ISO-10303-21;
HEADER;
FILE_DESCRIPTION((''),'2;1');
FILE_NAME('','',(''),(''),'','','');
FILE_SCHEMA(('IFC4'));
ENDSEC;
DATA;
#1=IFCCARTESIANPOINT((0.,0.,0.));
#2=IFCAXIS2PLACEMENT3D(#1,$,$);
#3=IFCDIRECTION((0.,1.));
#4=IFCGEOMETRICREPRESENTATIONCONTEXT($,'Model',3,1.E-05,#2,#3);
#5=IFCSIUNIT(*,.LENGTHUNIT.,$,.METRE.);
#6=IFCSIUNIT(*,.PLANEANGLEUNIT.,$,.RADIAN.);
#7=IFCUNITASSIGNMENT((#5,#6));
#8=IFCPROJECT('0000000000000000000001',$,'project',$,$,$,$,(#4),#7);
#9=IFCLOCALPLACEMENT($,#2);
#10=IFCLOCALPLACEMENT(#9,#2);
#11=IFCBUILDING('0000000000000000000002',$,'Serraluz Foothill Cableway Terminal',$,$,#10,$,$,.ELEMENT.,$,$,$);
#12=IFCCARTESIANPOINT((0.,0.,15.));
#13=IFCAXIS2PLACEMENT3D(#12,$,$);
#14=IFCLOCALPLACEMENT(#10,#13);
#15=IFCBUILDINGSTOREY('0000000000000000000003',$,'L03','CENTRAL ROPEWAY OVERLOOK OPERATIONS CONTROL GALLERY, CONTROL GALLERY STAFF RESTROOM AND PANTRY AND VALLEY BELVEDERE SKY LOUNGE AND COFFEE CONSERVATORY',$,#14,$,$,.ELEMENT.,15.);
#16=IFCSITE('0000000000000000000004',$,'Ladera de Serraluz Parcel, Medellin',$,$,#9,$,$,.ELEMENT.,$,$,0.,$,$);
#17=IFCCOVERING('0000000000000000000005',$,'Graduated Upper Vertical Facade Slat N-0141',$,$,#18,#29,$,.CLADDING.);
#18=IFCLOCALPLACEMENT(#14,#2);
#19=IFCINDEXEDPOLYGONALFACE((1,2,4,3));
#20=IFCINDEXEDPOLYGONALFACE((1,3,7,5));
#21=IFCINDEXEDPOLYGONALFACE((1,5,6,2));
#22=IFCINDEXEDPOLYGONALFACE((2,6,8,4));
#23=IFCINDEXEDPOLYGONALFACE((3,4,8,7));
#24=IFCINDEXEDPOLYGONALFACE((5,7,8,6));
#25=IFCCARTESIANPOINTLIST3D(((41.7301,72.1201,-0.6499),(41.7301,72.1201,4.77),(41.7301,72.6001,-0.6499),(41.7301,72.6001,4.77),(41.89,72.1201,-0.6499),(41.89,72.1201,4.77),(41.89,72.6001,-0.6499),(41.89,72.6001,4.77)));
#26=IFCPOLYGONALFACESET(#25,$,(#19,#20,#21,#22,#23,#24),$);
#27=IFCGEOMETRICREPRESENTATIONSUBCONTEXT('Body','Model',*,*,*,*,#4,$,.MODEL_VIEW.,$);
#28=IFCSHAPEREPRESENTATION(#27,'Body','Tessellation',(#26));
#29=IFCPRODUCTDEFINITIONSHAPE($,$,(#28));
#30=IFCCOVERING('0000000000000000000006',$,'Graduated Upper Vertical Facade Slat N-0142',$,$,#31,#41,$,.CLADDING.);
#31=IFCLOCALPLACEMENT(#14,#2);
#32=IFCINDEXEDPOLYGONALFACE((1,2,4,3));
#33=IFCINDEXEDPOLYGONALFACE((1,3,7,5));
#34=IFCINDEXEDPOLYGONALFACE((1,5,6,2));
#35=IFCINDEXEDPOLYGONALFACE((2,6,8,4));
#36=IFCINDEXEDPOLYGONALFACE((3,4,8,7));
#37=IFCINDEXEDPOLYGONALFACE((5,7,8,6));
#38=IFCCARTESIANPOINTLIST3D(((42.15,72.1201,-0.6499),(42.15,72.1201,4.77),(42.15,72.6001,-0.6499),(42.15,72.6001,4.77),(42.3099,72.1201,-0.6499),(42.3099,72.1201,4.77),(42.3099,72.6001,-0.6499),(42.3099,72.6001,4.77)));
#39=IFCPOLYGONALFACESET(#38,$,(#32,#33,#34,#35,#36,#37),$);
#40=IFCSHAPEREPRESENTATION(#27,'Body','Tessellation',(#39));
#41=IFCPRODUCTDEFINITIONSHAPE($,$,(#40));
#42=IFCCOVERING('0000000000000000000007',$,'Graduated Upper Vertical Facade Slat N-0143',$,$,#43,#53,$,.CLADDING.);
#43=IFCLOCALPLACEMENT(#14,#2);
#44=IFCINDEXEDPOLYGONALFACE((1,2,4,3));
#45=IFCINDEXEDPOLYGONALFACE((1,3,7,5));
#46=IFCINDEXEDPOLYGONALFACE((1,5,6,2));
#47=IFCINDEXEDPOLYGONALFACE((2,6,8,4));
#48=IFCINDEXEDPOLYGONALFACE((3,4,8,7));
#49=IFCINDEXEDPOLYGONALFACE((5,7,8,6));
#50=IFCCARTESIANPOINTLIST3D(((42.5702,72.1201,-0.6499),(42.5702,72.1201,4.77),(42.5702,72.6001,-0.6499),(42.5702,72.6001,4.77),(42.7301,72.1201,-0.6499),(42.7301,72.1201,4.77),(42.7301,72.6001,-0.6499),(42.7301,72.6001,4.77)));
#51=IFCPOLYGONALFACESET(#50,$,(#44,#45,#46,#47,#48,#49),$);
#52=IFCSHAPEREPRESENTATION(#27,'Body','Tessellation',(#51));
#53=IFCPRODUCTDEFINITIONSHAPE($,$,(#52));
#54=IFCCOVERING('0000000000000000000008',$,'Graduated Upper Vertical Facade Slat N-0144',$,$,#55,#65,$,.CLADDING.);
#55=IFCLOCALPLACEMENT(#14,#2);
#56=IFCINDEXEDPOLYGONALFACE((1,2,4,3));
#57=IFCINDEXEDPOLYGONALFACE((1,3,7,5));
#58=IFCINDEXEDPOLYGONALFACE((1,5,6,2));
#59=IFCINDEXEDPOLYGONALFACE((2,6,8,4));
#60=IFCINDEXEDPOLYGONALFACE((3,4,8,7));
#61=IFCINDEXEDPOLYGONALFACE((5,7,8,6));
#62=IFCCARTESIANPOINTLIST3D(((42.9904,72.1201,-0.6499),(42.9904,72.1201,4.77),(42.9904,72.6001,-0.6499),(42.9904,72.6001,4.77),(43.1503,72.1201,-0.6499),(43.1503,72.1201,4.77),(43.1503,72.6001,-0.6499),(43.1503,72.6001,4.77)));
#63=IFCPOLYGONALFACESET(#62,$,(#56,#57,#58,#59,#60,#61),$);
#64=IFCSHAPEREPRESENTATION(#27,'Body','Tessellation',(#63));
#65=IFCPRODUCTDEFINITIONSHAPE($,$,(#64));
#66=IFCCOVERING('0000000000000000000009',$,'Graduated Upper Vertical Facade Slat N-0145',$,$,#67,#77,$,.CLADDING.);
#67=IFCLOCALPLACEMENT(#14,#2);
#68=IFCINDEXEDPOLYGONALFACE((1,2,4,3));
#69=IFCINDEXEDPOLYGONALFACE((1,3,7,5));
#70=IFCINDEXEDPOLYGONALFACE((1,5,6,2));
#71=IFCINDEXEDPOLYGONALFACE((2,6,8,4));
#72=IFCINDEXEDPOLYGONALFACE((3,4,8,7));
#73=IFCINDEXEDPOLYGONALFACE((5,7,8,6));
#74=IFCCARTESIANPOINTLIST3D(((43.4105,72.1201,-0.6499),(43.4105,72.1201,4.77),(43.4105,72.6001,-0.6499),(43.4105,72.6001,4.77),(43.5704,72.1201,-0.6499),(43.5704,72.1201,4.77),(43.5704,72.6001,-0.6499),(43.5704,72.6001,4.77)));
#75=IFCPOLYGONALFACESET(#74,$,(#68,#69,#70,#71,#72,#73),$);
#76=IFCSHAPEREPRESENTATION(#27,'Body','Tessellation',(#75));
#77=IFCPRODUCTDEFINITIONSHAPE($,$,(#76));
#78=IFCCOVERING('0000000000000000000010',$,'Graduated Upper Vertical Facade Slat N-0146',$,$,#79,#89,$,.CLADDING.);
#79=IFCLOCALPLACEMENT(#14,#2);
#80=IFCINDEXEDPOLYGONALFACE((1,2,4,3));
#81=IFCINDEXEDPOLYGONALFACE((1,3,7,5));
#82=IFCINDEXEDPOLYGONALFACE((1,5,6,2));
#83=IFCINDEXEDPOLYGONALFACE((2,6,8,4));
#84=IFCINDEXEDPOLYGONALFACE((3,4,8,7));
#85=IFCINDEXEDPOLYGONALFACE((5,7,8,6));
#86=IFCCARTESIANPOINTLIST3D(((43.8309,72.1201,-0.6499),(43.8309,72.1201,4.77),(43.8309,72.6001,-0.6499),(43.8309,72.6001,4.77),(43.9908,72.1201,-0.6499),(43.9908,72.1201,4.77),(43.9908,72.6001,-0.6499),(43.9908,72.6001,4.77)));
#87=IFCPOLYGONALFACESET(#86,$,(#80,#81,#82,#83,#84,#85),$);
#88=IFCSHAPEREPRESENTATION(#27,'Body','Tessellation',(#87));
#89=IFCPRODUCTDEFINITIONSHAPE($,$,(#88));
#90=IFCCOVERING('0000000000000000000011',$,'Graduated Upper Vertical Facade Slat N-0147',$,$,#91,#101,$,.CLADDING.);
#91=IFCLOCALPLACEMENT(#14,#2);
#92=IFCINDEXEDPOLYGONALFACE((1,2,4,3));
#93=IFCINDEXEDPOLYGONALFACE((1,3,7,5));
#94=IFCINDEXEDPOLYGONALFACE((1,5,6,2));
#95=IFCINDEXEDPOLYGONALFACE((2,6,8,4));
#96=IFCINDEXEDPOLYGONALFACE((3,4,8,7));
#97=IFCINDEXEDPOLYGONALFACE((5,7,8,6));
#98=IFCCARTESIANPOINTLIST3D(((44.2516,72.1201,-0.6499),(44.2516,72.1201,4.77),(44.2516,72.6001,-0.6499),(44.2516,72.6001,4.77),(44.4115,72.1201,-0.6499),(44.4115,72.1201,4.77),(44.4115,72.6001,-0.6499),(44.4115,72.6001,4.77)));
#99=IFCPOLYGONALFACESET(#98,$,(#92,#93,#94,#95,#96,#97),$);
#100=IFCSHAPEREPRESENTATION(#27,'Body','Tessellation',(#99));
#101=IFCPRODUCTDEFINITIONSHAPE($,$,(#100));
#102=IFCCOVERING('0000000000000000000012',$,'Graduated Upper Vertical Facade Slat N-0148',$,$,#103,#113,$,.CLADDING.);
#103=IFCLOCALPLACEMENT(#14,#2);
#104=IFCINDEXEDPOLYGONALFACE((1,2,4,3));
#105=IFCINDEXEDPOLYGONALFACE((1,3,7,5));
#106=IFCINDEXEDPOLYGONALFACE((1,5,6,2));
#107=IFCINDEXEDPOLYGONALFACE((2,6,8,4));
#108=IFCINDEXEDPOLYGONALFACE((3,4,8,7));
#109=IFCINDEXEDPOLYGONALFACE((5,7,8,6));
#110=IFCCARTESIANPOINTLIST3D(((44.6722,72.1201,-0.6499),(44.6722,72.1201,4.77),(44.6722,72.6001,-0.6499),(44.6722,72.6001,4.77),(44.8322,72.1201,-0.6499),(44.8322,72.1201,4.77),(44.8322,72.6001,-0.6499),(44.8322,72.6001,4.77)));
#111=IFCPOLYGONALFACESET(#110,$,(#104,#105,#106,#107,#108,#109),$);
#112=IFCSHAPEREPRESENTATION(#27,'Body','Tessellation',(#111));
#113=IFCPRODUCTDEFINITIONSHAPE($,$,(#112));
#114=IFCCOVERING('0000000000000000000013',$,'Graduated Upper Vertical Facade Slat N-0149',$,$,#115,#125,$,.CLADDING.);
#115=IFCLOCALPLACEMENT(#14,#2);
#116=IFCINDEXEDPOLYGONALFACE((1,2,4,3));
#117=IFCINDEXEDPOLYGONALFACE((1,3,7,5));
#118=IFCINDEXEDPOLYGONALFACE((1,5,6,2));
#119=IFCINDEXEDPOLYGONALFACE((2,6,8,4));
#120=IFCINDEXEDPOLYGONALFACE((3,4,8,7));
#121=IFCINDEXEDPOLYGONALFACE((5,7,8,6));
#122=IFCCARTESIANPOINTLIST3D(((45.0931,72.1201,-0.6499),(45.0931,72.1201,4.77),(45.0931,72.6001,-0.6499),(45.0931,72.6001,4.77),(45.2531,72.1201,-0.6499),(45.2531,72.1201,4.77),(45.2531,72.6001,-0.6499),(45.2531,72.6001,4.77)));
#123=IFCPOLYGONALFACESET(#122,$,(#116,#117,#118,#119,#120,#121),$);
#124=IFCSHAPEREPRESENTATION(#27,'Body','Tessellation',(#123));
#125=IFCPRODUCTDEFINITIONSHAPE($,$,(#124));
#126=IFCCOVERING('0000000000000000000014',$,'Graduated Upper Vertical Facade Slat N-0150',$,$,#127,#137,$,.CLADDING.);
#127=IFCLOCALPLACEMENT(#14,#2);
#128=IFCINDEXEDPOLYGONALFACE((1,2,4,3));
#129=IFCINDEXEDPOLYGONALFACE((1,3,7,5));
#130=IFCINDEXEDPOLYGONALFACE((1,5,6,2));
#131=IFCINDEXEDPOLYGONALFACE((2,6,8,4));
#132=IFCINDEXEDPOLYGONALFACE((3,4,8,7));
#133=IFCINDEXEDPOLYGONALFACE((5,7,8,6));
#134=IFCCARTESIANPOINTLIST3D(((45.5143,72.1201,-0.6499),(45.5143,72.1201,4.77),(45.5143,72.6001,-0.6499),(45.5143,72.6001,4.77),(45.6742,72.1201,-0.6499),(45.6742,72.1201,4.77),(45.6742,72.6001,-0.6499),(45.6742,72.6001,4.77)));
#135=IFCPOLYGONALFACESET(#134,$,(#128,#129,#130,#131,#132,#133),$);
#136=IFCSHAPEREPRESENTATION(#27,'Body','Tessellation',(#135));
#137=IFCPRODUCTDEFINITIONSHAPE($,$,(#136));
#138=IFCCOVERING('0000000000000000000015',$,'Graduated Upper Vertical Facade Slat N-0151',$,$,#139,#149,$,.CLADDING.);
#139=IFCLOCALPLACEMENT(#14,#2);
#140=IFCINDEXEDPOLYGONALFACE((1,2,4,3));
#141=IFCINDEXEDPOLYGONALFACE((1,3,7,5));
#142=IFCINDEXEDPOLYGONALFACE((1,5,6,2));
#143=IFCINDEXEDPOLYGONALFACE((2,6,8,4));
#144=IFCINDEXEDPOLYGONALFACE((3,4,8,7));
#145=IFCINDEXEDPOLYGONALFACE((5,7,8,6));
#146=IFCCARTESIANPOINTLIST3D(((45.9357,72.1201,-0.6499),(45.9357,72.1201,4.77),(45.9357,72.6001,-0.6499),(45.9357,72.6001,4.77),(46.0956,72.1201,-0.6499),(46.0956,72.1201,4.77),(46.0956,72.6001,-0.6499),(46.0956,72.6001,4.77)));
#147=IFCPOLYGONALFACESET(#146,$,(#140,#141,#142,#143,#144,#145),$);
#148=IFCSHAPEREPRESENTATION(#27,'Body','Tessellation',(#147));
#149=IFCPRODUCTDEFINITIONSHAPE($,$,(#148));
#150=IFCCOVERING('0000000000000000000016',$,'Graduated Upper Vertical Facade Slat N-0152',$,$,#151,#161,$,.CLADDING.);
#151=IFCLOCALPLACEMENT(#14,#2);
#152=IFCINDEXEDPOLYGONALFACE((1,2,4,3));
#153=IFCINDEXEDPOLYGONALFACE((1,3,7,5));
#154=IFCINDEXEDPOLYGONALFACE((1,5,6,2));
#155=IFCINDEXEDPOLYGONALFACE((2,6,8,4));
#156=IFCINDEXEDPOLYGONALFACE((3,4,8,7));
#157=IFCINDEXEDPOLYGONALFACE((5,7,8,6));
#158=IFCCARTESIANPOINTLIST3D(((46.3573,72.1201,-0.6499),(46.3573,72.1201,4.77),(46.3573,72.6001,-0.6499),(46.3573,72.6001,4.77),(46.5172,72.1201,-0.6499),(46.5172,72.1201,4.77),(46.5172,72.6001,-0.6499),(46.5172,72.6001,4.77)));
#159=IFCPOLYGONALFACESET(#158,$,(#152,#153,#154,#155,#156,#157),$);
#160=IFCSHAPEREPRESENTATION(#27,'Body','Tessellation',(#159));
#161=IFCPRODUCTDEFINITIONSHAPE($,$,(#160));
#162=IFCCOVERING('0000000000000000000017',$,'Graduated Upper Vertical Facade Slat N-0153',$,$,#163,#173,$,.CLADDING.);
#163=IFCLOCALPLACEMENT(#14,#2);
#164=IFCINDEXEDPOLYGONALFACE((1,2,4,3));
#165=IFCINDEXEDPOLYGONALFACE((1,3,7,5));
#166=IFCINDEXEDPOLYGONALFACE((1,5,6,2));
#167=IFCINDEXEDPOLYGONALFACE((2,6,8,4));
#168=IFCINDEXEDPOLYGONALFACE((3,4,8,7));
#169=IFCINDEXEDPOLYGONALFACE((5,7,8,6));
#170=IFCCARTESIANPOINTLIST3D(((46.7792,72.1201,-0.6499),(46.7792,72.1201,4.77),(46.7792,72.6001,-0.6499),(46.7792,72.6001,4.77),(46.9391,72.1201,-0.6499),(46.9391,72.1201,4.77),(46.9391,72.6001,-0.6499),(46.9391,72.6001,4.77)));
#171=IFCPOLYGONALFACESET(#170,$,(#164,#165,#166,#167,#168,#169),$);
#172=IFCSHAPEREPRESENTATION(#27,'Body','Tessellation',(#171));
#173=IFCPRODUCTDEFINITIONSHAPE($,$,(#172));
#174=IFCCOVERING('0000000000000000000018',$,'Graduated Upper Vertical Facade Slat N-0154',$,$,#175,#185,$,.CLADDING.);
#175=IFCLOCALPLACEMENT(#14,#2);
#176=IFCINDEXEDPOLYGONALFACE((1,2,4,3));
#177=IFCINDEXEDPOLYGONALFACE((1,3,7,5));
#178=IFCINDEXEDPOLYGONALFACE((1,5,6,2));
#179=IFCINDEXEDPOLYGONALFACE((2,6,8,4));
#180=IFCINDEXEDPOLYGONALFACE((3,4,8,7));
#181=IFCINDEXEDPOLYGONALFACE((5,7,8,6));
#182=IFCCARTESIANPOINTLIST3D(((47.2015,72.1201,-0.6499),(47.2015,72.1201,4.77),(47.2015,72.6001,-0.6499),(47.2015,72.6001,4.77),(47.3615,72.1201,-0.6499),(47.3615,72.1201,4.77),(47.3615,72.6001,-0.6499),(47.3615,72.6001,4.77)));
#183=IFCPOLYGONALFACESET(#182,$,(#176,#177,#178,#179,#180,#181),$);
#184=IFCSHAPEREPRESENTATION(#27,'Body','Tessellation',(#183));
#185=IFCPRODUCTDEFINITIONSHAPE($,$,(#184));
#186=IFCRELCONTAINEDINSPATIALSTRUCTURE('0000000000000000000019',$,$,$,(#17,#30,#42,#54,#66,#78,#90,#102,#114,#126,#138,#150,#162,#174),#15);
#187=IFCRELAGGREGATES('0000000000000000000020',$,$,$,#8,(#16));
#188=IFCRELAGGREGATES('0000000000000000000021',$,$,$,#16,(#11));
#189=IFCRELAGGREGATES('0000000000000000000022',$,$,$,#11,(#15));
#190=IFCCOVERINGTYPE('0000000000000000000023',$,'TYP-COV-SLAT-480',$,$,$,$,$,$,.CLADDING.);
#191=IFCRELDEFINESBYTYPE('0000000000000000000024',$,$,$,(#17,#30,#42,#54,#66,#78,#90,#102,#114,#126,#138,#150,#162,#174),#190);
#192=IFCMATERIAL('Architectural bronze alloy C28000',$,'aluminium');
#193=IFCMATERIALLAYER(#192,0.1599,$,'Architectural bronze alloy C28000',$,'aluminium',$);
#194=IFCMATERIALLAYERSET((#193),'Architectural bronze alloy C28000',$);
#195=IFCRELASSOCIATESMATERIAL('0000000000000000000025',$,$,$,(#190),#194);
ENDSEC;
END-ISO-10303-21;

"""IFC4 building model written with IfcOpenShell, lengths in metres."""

from ifc_helpers import new_model, si_unit, direction, frame, origin, origin_2d, place, context, subcontext, project, spatial, rectangle, extrude, material, layer, layer_set, type_object, element, save


model = new_model("IFC4")

# Units and contexts
model_context = context("Model", 3, precision=1e-05, world=origin(), true_north=direction((0.0, 1.0)))
body_context = subcontext(model_context, "Body", "Model", "MODEL_VIEW")
ifc_project = project(units=[si_unit("LENGTHUNIT", "METRE"), si_unit("PLANEANGLEUNIT", "RADIAN")], contexts=[model_context])

# Site, building, storey
site_placement = place(None, origin())
site = spatial("IfcSite", under=ifc_project, at=site_placement, Name="Ladera de Serraluz Parcel, Medellin", CompositionType="ELEMENT", RefElevation=0.0)
building_placement = place(site_placement, origin())
building = spatial("IfcBuilding", under=site, at=building_placement, Name="Serraluz Foothill Cableway Terminal", CompositionType="ELEMENT")
storey_placement = place(building_placement, frame((0.0, 0.0, 15.0)))
storey = spatial("IfcBuildingStorey", under=building, at=storey_placement, Name="L03", Description="CENTRAL ROPEWAY OVERLOOK OPERATIONS CONTROL GALLERY, CONTROL GALLERY STAFF RESTROOM AND PANTRY AND VALLEY BELVEDERE SKY LOUNGE AND COFFEE CONSERVATORY", CompositionType="ELEMENT", Elevation=15.0)

# Shared definitions
ifc_material_1 = material(Name="Architectural bronze alloy C28000", Category="aluminium")

# Coverings
ifc_layer_1 = layer(ifc_material_1, 0.1599, Name="Architectural bronze alloy C28000", Category="aluminium")
ifc_layer_set_1 = layer_set([ifc_layer_1], Name="Architectural bronze alloy C28000")
covering_type = type_object("IfcCoveringType", Name="TYP-COV-SLAT-480", PredefinedType="CLADDING", material=ifc_layer_set_1)
for number, where, z_axis, x_axis, name in (
    (1, (41.8101, 72.3601, -0.6499), (0.0, 0.0, 1.0), (1.0, 0.0, 0.0), "Graduated Upper Vertical Facade Slat N-0141"),
    (2, (42.23, 72.3601, -0.6499), (0.0, 0.0, 1.0), (1.0, 0.0, 0.0), "Graduated Upper Vertical Facade Slat N-0142"),
    (3, (42.6501, 72.3601, -0.6499), (0.0, 0.0, 1.0), (1.0, 0.0, 0.0), "Graduated Upper Vertical Facade Slat N-0143"),
    (4, (43.0703, 72.3601, -0.6499), (0.0, 0.0, 1.0), (1.0, 0.0, 0.0), "Graduated Upper Vertical Facade Slat N-0144"),
    (5, (43.4905, 72.3601, -0.6499), (0.0, 0.0, 1.0), (1.0, 0.0, 0.0), "Graduated Upper Vertical Facade Slat N-0145"),
    (6, (43.9109, 72.3601, -0.6499), (0.0, 0.0, 1.0), (1.0, 0.0, 0.0), "Graduated Upper Vertical Facade Slat N-0146"),
    (7, (44.3315, 72.3601, -0.6499), (0.0, 0.0, 1.0), (1.0, 0.0, 0.0), "Graduated Upper Vertical Facade Slat N-0147"),
    (8, (44.7522, 72.3601, -0.6499), (0.0, 0.0, 1.0), (1.0, 0.0, 0.0), "Graduated Upper Vertical Facade Slat N-0148"),
    (9, (45.1731, 72.3601, -0.6499), (0.0, 0.0, 1.0), (1.0, 0.0, 0.0), "Graduated Upper Vertical Facade Slat N-0149"),
    (10, (45.5942, 72.3601, -0.6499), (0.0, 0.0, 1.0), (1.0, 0.0, 0.0), "Graduated Upper Vertical Facade Slat N-0150"),
    (11, (46.0156, 72.3601, -0.6499), (0.0, 0.0, 1.0), (1.0, 0.0, 0.0), "Graduated Upper Vertical Facade Slat N-0151"),
    (12, (46.4373, 72.3601, -0.6499), (0.0, 0.0, 1.0), (1.0, 0.0, 0.0), "Graduated Upper Vertical Facade Slat N-0152"),
    (13, (46.8591, 72.3601, -0.6499), (0.0, 0.0, 1.0), (1.0, 0.0, 0.0), "Graduated Upper Vertical Facade Slat N-0153"),
    (14, (47.2815, 72.3601, -0.6499), (0.0, 0.0, 1.0), (1.0, 0.0, 0.0), "Graduated Upper Vertical Facade Slat N-0154"),
):
    element("IfcCovering", number, at=place(storey_placement, frame(where, z_axis=z_axis, x_axis=x_axis)), inside=storey, type_object=covering_type, Name=name, PredefinedType="CLADDING", context=body_context, shape_type="SweptSolid", body=[
        extrude(rectangle(XDim=0.1599, YDim=0.48, at=origin_2d()), origin(), (0.0, 0.0, 1.0), 5.4199),
    ])

save(model, "model.ifc")
